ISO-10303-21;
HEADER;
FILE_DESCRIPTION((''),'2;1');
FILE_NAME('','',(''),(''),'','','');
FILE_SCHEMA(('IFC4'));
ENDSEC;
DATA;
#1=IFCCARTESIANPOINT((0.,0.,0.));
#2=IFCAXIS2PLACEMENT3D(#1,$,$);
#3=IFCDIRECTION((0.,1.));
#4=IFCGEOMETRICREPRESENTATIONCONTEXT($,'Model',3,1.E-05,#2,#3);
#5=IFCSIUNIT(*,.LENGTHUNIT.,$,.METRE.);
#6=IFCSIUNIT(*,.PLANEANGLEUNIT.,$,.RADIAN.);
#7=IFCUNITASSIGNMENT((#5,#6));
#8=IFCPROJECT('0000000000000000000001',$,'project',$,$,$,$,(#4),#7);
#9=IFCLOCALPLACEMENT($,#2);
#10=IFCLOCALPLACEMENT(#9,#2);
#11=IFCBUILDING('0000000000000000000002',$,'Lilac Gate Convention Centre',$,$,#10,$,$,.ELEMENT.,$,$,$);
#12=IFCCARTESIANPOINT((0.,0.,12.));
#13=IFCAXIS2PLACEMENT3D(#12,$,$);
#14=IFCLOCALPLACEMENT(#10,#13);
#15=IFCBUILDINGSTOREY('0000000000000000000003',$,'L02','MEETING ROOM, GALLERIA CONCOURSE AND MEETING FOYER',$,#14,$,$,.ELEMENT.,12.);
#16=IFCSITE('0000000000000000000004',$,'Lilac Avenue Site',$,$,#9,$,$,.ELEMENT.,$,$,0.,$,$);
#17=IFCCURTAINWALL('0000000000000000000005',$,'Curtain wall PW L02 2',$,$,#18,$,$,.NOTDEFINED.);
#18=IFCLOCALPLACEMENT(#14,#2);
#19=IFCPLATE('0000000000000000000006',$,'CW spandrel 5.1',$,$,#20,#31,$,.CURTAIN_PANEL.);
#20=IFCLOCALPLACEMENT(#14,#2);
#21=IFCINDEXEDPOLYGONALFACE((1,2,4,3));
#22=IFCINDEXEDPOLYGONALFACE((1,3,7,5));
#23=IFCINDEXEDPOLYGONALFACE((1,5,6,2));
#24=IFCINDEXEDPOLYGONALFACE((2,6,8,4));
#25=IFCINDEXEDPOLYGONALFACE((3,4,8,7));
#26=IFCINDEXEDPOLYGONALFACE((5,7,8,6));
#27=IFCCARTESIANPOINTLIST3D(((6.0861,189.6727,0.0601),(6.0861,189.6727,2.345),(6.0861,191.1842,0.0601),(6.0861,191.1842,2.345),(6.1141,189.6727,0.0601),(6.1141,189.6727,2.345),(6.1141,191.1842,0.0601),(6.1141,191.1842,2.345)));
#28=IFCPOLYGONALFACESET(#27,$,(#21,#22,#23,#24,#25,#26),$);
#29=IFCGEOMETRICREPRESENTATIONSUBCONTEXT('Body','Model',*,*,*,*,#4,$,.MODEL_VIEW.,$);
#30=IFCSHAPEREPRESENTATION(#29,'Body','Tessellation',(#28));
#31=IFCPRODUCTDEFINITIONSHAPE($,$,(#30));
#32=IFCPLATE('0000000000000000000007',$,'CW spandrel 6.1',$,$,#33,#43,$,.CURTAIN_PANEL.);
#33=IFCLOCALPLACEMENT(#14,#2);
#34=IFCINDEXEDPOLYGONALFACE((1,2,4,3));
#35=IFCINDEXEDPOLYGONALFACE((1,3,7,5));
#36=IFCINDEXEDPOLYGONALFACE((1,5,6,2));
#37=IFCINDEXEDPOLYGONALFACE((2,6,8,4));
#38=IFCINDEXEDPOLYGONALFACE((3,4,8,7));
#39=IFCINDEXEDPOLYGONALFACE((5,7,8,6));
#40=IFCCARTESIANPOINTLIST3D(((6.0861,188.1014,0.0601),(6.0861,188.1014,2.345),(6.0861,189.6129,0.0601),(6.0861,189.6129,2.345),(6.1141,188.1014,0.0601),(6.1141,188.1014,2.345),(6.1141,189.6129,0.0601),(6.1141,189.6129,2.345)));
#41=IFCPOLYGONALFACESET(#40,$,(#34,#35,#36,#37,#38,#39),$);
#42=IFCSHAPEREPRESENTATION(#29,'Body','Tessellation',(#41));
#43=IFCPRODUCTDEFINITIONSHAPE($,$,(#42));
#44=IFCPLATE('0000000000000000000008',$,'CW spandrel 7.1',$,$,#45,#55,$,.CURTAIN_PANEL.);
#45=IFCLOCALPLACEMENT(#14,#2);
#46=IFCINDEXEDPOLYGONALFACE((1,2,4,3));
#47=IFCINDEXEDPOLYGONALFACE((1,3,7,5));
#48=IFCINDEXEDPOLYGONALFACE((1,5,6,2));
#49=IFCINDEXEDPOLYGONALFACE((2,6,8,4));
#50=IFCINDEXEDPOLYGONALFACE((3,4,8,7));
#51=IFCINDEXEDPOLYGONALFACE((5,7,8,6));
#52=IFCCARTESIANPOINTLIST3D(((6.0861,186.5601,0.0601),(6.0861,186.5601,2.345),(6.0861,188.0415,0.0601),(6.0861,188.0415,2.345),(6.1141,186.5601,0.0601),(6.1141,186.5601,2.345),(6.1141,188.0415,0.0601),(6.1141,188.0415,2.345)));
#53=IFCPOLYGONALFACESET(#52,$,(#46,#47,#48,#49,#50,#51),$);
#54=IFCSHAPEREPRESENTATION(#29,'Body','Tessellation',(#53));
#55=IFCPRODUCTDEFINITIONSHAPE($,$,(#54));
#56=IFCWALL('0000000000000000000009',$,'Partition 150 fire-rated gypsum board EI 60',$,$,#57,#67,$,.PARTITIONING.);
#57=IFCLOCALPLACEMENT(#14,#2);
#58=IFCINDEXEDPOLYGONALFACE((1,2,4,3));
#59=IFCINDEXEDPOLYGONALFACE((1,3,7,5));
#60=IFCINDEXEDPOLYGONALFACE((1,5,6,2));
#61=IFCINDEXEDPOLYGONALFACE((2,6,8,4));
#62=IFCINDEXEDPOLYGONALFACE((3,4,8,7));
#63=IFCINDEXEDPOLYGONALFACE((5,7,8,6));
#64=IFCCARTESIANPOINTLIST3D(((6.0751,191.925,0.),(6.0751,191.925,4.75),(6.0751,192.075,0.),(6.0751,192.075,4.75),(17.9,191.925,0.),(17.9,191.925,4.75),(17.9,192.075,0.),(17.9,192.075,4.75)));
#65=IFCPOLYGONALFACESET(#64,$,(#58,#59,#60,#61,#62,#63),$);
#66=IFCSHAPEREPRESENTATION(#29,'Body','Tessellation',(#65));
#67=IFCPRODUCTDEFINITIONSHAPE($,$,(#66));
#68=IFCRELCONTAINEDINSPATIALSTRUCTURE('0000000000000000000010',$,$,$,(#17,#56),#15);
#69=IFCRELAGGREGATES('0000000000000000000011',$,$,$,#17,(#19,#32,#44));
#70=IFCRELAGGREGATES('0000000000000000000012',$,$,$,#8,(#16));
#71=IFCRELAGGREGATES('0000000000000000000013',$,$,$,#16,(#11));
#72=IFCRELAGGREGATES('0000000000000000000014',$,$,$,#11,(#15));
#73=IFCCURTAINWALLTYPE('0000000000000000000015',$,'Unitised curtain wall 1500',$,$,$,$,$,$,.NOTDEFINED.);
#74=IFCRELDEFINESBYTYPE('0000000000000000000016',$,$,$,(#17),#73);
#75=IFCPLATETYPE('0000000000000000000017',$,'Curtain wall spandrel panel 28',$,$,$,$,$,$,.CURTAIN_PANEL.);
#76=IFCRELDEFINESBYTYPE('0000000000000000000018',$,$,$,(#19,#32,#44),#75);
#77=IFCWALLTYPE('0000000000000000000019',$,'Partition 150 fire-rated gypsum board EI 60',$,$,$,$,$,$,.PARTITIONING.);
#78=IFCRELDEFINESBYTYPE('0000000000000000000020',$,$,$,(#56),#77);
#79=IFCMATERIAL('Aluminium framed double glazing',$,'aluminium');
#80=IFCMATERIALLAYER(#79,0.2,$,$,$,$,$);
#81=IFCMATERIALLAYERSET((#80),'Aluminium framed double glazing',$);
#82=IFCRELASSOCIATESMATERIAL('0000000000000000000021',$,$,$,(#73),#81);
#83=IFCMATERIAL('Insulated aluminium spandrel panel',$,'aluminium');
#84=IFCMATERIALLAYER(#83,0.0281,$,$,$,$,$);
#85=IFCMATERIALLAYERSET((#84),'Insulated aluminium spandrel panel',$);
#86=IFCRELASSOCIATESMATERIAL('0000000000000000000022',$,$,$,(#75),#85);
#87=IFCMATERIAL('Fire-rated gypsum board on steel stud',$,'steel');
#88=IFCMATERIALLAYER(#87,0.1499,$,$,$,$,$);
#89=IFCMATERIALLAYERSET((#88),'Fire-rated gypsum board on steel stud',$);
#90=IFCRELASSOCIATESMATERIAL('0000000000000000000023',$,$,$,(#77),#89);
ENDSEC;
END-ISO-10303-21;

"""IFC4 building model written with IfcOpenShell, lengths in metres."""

from ifc_helpers import new_model, si_unit, direction, frame, frame_2d, origin, origin_2d, place, context, subcontext, project, spatial, rectangle, extrude, material, layer, layer_set, type_object, element, aggregate, save


model = new_model("IFC4")

# Units and contexts
model_context = context("Model", 3, precision=1e-05, world=origin(), true_north=direction((0.0, 1.0)))
body_context = subcontext(model_context, "Body", "Model", "MODEL_VIEW")
ifc_project = project(units=[si_unit("LENGTHUNIT", "METRE"), si_unit("PLANEANGLEUNIT", "RADIAN")], contexts=[model_context])

# Site, building, storey
site_placement = place(None, origin())
site = spatial("IfcSite", under=ifc_project, at=site_placement, Name="Lilac Avenue Site", CompositionType="ELEMENT", RefElevation=0.0)
building_placement = place(site_placement, origin())
building = spatial("IfcBuilding", under=site, at=building_placement, Name="Lilac Gate Convention Centre", CompositionType="ELEMENT")
storey_placement = place(building_placement, frame((0.0, 0.0, 12.0)))
storey = spatial("IfcBuildingStorey", under=building, at=storey_placement, Name="L02", Description="MEETING ROOM, GALLERIA CONCOURSE AND MEETING FOYER", CompositionType="ELEMENT", Elevation=12.0)

# Curtain wall
ifc_material_1 = material(Name="Aluminium framed double glazing", Category="aluminium")
ifc_layer_1 = layer(ifc_material_1, 0.2)
ifc_layer_set_1 = layer_set([ifc_layer_1], Name="Aluminium framed double glazing")
curtain_wall_type = type_object("IfcCurtainWallType", Name="Unitised curtain wall 1500", PredefinedType="NOTDEFINED", material=ifc_layer_set_1)
curtain_wall_placement = place(storey_placement, origin())
curtain_wall = element("IfcCurtainWall", 1, at=curtain_wall_placement, inside=storey, type_object=curtain_wall_type, Name="Curtain wall PW L02 2", PredefinedType="NOTDEFINED")

# Plates
ifc_material_2 = material(Name="Insulated aluminium spandrel panel", Category="aluminium")
ifc_layer_2 = layer(ifc_material_2, 0.0281)
ifc_layer_set_2 = layer_set([ifc_layer_2], Name="Insulated aluminium spandrel panel")
plate_type_1 = type_object("IfcPlateType", Name="Curtain wall spandrel panel 28", PredefinedType="CURTAIN_PANEL", material=ifc_layer_set_2)
plate_1_placement = place(storey_placement, frame((6.1001, 190.4285, 0.0601), z_axis=(0.0, 0.0, 1.0), x_axis=(0.0, -1.0, 0.0)))
plate_1 = element("IfcPlate", 2, at=plate_1_placement, type_object=plate_type_1, Name="CW spandrel 5.1", PredefinedType="CURTAIN_PANEL", context=body_context, shape_type="SweptSolid", body=[
    extrude(rectangle(XDim=1.5115, YDim=0.0281, at=origin_2d()), origin(), (0.0, 0.0, 1.0), 2.2849),
])
plate_2_placement = place(storey_placement, frame((6.1001, 188.8572, 0.0601), z_axis=(0.0, 0.0, 1.0), x_axis=(0.0, -1.0, 0.0)))
plate_2 = element("IfcPlate", 3, at=plate_2_placement, type_object=plate_type_1, Name="CW spandrel 6.1", PredefinedType="CURTAIN_PANEL", context=body_context, shape_type="SweptSolid", body=[
    extrude(rectangle(XDim=1.5115, YDim=0.0281, at=origin_2d()), origin(), (0.0, 0.0, 1.0), 2.2849),
])
plate_3_placement = place(storey_placement, frame((6.1001, 187.3008, 0.0601), z_axis=(0.0, 0.0, 1.0), x_axis=(0.0, -1.0, 0.0)))
plate_3 = element("IfcPlate", 4, at=plate_3_placement, type_object=plate_type_1, Name="CW spandrel 7.1", PredefinedType="CURTAIN_PANEL", context=body_context, shape_type="SweptSolid", body=[
    extrude(rectangle(XDim=1.4814, YDim=0.0281, at=origin_2d()), origin(), (0.0, 0.0, 1.0), 2.2849),
])
aggregate(curtain_wall, [plate_1, plate_2, plate_3])

# Wall
ifc_material_3 = material(Name="Fire-rated gypsum board on steel stud", Category="steel")
ifc_layer_3 = layer(ifc_material_3, 0.1499)
ifc_layer_set_3 = layer_set([ifc_layer_3], Name="Fire-rated gypsum board on steel stud")
wall_type = type_object("IfcWallType", Name="Partition 150 fire-rated gypsum board EI 60", PredefinedType="PARTITIONING", material=ifc_layer_set_3)
wall_placement = place(storey_placement, frame((6.075, 192.0, 0.0), z_axis=(0.0, 0.0, 1.0), x_axis=(1.0, 0.0, 0.0)))
element("IfcWall", 5, at=wall_placement, inside=storey, type_object=wall_type, Name="Partition 150 fire-rated gypsum board EI 60", PredefinedType="PARTITIONING", context=body_context, shape_type="SweptSolid", body=[
    extrude(rectangle(XDim=11.825, YDim=0.1499, at=frame_2d((5.9126, 0.0))), origin(), (0.0, 0.0, 1.0), 4.75),
])

save(model, "model.ifc")
